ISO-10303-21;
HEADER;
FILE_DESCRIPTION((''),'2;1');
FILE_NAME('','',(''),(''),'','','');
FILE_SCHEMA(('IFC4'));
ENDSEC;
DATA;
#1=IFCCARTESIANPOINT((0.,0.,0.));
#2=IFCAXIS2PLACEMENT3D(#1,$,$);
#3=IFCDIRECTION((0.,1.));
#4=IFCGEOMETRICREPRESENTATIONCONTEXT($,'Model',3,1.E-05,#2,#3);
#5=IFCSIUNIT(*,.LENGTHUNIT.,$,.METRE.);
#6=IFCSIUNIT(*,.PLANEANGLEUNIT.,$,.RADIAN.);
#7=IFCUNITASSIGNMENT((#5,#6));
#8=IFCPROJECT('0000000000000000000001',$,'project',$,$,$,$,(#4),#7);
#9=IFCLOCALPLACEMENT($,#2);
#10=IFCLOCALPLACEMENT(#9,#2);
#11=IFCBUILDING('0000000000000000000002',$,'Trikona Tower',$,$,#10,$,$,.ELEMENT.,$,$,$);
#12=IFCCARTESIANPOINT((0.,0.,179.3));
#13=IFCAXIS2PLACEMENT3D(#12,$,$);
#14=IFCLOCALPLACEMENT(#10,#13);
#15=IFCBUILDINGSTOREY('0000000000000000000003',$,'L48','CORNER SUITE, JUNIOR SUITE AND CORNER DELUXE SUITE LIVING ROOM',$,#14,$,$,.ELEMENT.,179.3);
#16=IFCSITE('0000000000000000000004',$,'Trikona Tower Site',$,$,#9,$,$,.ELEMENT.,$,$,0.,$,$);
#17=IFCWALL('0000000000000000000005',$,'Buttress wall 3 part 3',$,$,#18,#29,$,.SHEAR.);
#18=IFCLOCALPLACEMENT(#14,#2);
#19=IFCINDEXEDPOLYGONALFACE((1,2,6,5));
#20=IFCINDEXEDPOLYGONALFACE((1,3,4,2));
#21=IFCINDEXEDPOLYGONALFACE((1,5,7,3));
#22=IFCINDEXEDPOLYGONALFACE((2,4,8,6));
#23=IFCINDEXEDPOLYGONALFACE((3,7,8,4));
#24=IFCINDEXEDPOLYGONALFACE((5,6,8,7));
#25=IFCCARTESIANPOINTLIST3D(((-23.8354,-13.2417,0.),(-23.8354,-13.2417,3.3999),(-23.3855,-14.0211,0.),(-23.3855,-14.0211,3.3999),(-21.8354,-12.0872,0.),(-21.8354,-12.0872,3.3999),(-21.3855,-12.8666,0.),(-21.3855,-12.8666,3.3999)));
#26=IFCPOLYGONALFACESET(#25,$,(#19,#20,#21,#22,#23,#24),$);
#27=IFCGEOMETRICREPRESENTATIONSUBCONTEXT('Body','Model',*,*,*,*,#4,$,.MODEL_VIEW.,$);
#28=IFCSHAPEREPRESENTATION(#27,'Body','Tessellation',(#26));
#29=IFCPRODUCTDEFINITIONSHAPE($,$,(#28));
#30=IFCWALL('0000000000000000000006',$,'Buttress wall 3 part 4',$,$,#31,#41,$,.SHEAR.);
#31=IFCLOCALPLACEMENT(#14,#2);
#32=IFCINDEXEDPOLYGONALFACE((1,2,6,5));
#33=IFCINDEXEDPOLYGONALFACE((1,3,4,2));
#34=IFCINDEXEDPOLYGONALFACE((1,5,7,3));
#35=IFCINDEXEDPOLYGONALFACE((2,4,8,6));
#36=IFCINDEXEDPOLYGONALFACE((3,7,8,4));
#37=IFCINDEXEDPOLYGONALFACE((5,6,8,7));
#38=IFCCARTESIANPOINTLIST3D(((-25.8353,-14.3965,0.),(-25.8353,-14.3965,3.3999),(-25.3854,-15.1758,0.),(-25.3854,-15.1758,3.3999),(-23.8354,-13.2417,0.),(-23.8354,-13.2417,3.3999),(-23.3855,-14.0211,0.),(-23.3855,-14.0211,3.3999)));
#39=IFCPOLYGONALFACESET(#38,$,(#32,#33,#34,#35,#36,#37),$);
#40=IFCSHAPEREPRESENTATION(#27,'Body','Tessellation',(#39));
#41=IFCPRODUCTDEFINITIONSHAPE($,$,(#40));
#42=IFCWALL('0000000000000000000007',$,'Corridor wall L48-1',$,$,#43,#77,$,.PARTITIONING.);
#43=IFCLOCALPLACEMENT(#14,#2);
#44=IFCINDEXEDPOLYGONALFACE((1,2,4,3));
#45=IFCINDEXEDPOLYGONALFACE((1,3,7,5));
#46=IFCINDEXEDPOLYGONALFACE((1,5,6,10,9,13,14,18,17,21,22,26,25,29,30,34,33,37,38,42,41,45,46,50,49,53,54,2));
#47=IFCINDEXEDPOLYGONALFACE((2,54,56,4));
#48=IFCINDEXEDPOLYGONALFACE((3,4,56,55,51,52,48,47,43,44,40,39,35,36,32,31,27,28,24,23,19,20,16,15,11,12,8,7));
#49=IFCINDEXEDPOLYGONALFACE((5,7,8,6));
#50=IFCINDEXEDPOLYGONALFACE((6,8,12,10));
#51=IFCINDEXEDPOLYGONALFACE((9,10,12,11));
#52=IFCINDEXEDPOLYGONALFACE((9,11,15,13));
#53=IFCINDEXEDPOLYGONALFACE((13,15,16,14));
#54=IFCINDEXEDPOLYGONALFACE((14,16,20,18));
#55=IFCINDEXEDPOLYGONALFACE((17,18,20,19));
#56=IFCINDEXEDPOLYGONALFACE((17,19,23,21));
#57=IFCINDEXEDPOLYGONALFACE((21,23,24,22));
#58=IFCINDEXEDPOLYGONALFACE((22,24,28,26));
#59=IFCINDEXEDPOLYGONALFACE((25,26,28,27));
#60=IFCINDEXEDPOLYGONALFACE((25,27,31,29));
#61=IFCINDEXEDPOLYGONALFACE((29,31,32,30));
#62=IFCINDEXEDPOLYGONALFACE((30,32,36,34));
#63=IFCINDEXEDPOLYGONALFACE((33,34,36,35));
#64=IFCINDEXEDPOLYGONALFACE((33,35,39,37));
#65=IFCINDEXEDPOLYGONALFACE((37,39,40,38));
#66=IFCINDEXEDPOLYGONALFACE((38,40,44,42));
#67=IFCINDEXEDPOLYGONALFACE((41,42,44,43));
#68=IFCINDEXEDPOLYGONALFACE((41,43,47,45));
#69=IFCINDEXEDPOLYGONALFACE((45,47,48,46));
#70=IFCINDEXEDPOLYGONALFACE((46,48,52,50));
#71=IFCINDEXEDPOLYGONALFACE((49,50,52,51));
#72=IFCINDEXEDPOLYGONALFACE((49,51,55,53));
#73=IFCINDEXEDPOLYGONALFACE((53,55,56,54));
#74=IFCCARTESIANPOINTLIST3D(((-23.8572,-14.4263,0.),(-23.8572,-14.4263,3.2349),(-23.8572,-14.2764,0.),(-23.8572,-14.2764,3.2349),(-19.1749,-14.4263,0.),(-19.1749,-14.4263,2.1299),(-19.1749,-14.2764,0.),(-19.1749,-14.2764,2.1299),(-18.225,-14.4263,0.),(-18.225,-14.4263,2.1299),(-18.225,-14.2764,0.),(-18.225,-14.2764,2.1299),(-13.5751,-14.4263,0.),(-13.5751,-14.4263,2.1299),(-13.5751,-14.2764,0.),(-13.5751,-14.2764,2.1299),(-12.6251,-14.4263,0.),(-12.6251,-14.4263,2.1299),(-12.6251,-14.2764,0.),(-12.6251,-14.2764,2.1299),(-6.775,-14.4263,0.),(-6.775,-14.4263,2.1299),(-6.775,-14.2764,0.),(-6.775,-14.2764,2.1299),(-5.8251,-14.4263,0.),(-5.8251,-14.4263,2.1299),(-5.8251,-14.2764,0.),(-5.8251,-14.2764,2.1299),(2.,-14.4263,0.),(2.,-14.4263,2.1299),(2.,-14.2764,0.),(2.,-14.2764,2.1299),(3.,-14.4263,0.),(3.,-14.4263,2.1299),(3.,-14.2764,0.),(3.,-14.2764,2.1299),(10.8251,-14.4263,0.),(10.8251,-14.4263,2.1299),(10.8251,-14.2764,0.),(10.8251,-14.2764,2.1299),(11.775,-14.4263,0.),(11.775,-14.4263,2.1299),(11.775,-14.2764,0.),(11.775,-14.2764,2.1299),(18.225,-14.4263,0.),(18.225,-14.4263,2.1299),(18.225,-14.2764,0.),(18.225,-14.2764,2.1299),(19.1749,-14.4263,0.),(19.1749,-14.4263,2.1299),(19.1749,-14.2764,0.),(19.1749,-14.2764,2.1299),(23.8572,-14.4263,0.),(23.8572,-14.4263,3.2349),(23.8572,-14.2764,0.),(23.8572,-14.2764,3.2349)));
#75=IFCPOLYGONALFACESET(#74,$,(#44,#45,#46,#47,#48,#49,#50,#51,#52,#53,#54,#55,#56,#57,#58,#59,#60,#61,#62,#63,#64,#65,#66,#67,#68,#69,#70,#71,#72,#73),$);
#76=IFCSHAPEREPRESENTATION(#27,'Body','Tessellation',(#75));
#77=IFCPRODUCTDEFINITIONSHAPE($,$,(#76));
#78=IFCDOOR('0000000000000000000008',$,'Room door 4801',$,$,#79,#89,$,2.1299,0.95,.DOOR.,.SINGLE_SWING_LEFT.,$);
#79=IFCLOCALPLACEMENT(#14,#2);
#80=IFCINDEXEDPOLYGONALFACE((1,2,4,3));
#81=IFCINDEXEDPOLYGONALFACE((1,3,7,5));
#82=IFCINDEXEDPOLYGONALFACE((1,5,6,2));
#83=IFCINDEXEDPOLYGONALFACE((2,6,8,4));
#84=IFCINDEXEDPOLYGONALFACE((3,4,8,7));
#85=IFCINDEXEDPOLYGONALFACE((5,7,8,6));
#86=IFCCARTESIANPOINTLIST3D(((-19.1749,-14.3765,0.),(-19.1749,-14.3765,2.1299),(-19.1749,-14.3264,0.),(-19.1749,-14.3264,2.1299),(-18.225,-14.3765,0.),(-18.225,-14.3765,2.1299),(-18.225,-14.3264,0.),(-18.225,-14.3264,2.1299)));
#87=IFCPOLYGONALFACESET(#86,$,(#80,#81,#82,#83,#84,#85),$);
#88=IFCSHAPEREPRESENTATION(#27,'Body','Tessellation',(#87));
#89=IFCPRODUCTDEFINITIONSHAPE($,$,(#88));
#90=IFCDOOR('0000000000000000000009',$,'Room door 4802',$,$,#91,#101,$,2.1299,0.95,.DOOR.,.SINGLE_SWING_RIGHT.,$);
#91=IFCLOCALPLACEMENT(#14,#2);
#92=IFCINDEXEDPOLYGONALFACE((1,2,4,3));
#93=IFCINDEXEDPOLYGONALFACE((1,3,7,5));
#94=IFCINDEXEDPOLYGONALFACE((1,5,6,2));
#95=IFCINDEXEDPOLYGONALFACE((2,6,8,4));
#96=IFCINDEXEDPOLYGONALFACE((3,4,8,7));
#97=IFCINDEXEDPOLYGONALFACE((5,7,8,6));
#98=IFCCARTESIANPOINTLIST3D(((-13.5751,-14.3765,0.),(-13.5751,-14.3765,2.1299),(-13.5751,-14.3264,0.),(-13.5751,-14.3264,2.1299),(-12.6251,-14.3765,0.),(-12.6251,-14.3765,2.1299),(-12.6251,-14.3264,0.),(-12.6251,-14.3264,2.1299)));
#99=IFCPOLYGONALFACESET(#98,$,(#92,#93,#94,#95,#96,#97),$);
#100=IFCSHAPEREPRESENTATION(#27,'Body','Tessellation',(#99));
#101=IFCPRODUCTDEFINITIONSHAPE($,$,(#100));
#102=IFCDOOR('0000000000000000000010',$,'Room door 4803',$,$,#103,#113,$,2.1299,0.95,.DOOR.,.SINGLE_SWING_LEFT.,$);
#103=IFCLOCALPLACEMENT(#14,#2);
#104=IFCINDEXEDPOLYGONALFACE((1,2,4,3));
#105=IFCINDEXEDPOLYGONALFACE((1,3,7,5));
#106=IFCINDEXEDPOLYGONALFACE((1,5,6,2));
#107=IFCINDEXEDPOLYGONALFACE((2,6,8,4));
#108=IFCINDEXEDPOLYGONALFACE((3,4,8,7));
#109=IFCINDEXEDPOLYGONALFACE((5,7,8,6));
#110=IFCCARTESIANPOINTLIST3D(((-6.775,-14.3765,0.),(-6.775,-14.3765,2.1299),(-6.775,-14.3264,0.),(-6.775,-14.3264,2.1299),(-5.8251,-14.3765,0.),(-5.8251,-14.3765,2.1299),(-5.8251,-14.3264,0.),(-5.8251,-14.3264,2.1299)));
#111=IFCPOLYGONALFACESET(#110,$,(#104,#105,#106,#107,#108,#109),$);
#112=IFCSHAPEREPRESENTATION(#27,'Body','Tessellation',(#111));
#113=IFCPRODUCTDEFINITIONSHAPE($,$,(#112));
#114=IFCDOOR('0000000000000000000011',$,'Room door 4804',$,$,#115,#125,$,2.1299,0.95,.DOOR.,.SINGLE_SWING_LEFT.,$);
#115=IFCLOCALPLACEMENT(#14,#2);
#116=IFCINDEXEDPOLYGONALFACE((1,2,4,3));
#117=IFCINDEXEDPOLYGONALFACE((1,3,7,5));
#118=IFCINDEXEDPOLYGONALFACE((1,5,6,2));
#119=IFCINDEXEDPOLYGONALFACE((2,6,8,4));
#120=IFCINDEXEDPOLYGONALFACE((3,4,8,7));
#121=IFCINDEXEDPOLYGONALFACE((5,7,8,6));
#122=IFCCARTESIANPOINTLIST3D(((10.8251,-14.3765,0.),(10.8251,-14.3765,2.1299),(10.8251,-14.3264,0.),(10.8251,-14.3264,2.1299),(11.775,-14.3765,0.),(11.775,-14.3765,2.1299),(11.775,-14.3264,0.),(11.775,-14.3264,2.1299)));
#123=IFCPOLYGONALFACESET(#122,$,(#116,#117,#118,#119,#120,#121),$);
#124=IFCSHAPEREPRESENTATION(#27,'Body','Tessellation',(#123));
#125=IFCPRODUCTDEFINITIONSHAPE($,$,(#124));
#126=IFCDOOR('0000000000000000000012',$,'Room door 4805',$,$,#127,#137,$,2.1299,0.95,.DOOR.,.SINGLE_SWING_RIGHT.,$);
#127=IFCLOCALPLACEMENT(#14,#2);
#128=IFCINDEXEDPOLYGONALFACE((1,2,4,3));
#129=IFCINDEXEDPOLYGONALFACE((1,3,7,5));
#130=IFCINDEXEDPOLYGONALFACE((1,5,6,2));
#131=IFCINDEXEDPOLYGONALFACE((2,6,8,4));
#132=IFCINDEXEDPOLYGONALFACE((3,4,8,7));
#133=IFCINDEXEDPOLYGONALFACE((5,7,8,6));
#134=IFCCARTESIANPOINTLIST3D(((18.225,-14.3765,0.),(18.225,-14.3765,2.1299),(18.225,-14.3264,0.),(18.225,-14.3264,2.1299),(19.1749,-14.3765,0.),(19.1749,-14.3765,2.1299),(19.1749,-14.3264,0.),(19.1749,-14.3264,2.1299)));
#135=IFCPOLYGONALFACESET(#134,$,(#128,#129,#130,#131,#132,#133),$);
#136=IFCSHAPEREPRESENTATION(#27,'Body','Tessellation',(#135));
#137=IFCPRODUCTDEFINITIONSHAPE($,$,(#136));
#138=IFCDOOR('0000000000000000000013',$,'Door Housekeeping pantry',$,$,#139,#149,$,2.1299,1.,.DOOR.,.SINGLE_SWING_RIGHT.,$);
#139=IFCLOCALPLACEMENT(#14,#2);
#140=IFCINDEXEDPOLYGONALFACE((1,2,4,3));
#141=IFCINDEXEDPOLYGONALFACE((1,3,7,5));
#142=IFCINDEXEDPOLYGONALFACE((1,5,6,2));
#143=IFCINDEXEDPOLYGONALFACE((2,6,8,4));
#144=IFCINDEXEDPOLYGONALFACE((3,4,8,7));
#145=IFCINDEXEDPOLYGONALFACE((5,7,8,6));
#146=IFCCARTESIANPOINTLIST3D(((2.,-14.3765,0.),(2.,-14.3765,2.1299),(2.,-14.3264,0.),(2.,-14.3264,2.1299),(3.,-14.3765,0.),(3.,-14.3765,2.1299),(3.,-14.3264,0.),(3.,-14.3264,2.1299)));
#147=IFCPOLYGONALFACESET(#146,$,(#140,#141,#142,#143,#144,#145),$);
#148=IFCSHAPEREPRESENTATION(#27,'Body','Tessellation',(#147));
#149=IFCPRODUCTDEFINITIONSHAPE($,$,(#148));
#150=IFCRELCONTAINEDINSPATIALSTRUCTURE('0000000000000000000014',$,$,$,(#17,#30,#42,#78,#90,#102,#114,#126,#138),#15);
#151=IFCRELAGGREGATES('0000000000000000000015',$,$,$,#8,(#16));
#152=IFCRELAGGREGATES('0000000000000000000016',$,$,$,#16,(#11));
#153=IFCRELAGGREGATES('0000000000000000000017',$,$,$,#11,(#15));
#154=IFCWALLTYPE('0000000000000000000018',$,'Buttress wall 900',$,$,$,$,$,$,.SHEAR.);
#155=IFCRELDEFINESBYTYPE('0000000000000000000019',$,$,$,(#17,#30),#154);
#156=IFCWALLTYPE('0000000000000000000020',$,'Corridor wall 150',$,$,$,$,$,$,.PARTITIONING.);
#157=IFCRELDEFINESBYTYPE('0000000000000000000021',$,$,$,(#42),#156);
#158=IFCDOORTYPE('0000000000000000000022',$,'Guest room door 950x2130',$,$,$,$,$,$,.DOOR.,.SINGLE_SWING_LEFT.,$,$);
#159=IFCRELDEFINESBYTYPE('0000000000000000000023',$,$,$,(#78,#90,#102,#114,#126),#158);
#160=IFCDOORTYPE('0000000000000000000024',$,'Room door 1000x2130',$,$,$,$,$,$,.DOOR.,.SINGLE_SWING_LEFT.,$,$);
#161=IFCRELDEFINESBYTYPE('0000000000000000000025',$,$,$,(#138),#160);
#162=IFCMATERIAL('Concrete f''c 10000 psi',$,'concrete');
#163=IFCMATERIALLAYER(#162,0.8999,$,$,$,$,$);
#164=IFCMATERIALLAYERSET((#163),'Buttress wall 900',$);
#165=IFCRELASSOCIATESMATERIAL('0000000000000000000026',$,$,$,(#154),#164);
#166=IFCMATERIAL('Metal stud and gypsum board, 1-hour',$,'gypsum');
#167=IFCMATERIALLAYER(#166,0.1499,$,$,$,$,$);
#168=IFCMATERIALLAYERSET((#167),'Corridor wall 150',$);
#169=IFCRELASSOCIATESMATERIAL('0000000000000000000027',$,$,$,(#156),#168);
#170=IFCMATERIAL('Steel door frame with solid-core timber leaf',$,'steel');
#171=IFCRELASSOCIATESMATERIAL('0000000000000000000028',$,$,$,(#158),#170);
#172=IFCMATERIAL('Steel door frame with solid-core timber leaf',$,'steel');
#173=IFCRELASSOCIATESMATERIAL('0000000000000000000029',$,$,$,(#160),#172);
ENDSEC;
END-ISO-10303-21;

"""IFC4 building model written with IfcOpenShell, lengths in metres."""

from ifc_helpers import new_model, si_unit, direction, frame, frame_2d, origin, place, context, subcontext, project, spatial, rectangle, extrude, material, layer, layer_set, type_object, element, fill, save


model = new_model("IFC4")

# Units and contexts
model_context = context("Model", 3, precision=1e-05, world=origin(), true_north=direction((0.0, 1.0)))
body_context = subcontext(model_context, "Body", "Model", "MODEL_VIEW")
ifc_project = project(units=[si_unit("LENGTHUNIT", "METRE"), si_unit("PLANEANGLEUNIT", "RADIAN")], contexts=[model_context])

# Site, building, storey
site_placement = place(None, origin())
site = spatial("IfcSite", under=ifc_project, at=site_placement, Name="Trikona Tower Site", CompositionType="ELEMENT", RefElevation=0.0)
building_placement = place(site_placement, origin())
building = spatial("IfcBuilding", under=site, at=building_placement, Name="Trikona Tower", CompositionType="ELEMENT")
storey_placement = place(building_placement, frame((0.0, 0.0, 179.3)))
storey = spatial("IfcBuildingStorey", under=building, at=storey_placement, Name="L48", Description="CORNER SUITE, JUNIOR SUITE AND CORNER DELUXE SUITE LIVING ROOM", CompositionType="ELEMENT", Elevation=179.3)

# Walls
ifc_material_1 = material(Name="Concrete f'c 10000 psi", Category="concrete")
ifc_layer_1 = layer(ifc_material_1, 0.8999)
ifc_layer_set_1 = layer_set([ifc_layer_1], Name="Buttress wall 900")
wall_type_1 = type_object("IfcWallType", Name="Buttress wall 900", PredefinedType="SHEAR", material=ifc_layer_set_1)
for number, where, z_axis, x_axis, name in (
    (1, (-21.6104, -12.4768, 0.0), (0.0, 0.0, 1.0), (-0.866055, -0.499948, 0.0), "Buttress wall 3 part 3"),
    (2, (-23.6104, -13.6313, 0.0), (0.0, 0.0, 1.0), (-0.86601, -0.500027, 0.0), "Buttress wall 3 part 4"),
):
    element("IfcWall", number, at=place(storey_placement, frame(where, z_axis=z_axis, x_axis=x_axis)), inside=storey, type_object=wall_type_1, Name=name, PredefinedType="SHEAR", context=body_context, shape_type="SweptSolid", body=[
        extrude(rectangle(XDim=2.3093, YDim=0.8999, at=frame_2d((1.1548, 0.0))), origin(), (0.0, 0.0, 1.0), 3.3999),
    ])

# Wall, openings, doors
ifc_material_2 = material(Name="Metal stud and gypsum board, 1-hour", Category="gypsum")
ifc_layer_2 = layer(ifc_material_2, 0.1499)
ifc_layer_set_2 = layer_set([ifc_layer_2], Name="Corridor wall 150")
wall_type_2 = type_object("IfcWallType", Name="Corridor wall 150", PredefinedType="PARTITIONING", material=ifc_layer_set_2)
wall_1_placement = place(storey_placement, frame((-23.8572, -14.3513, 0.0), z_axis=(0.0, 0.0, 1.0), x_axis=(1.0, 0.0, 0.0)))
wall_1 = element("IfcWall", 3, at=wall_1_placement, inside=storey, type_object=wall_type_2, Name="Corridor wall L48-1", PredefinedType="PARTITIONING", context=body_context, shape_type="SweptSolid", body=[
    extrude(rectangle(XDim=47.7144, YDim=0.1499, at=frame_2d((23.8572, 0.0))), origin(), (0.0, 0.0, 1.0), 3.2349),
])
opening_1_placement = place(wall_1_placement, frame((4.6821, 0.0, 0.0)))
opening_1 = element("IfcOpeningElement", 4, at=opening_1_placement, cuts=wall_1, PredefinedType="OPENING", context=body_context, shape_type="SweptSolid", body=[
    extrude(rectangle(XDim=0.95, YDim=2.1299, at=frame_2d((0.4751, 1.0649))), frame((0.0, 0.085, 0.0), z_axis=(0.0, -1.0, 0.0), x_axis=(1.0, 0.0, 0.0)), (0.0, 0.0, 1.0), 0.1699),
])
opening_2_placement = place(wall_1_placement, frame((10.282, 0.0, 0.0)))
opening_2 = element("IfcOpeningElement", 5, at=opening_2_placement, cuts=wall_1, PredefinedType="OPENING", context=body_context, shape_type="SweptSolid", body=[
    extrude(rectangle(XDim=0.95, YDim=2.1299, at=frame_2d((0.4751, 1.0649))), frame((0.0, 0.085, 0.0), z_axis=(0.0, -1.0, 0.0), x_axis=(1.0, 0.0, 0.0)), (0.0, 0.0, 1.0), 0.1699),
])
opening_3_placement = place(wall_1_placement, frame((17.082, 0.0, 0.0)))
opening_3 = element("IfcOpeningElement", 6, at=opening_3_placement, cuts=wall_1, PredefinedType="OPENING", context=body_context, shape_type="SweptSolid", body=[
    extrude(rectangle(XDim=0.95, YDim=2.1299, at=frame_2d((0.4751, 1.0649))), frame((0.0, 0.085, 0.0), z_axis=(0.0, -1.0, 0.0), x_axis=(1.0, 0.0, 0.0)), (0.0, 0.0, 1.0), 0.1699),
])
opening_4_placement = place(wall_1_placement, frame((25.8572, 0.0, 0.0)))
opening_4 = element("IfcOpeningElement", 7, at=opening_4_placement, cuts=wall_1, PredefinedType="OPENING", context=body_context, shape_type="SweptSolid", body=[
    extrude(rectangle(XDim=1.0, YDim=2.1299, at=frame_2d((0.5, 1.0649))), frame((0.0, 0.085, 0.0), z_axis=(0.0, -1.0, 0.0), x_axis=(1.0, 0.0, 0.0)), (0.0, 0.0, 1.0), 0.1699),
])
opening_5_placement = place(wall_1_placement, frame((34.6821, 0.0, 0.0)))
opening_5 = element("IfcOpeningElement", 8, at=opening_5_placement, cuts=wall_1, PredefinedType="OPENING", context=body_context, shape_type="SweptSolid", body=[
    extrude(rectangle(XDim=0.95, YDim=2.1299, at=frame_2d((0.4751, 1.0649))), frame((0.0, 0.085, 0.0), z_axis=(0.0, -1.0, 0.0), x_axis=(1.0, 0.0, 0.0)), (0.0, 0.0, 1.0), 0.1699),
])
opening_6_placement = place(wall_1_placement, frame((42.082, 0.0, 0.0)))
opening_6 = element("IfcOpeningElement", 9, at=opening_6_placement, cuts=wall_1, PredefinedType="OPENING", context=body_context, shape_type="SweptSolid", body=[
    extrude(rectangle(XDim=0.95, YDim=2.1299, at=frame_2d((0.4751, 1.0649))), frame((0.0, 0.085, 0.0), z_axis=(0.0, -1.0, 0.0), x_axis=(1.0, 0.0, 0.0)), (0.0, 0.0, 1.0), 0.1699),
])
ifc_material_3 = material(Name="Steel door frame with solid-core timber leaf", Category="steel")
door_type_1 = type_object("IfcDoorType", Name="Guest room door 950x2130", OperationType="SINGLE_SWING_LEFT", PredefinedType="DOOR", material=ifc_material_3)
door_1_placement = place(opening_1_placement, origin())
door_1 = element("IfcDoor", 10, at=door_1_placement, inside=storey, type_object=door_type_1, Name="Room door 4801", OperationType="SINGLE_SWING_LEFT", OverallHeight=2.1299, OverallWidth=0.95, PredefinedType="DOOR", context=body_context, shape_type="SweptSolid", body=[
    extrude(rectangle(XDim=0.95, YDim=2.1299, at=frame_2d((0.4751, 1.0649))), frame((0.0, 0.0249, 0.0), z_axis=(0.0, -1.0, 0.0), x_axis=(1.0, 0.0, 0.0)), (0.0, 0.0, 1.0), 0.05),
])
fill(opening_1, door_1)
door_2_placement = place(opening_2_placement, origin())
door_2 = element("IfcDoor", 11, at=door_2_placement, inside=storey, type_object=door_type_1, Name="Room door 4802", OperationType="SINGLE_SWING_RIGHT", OverallHeight=2.1299, OverallWidth=0.95, PredefinedType="DOOR", context=body_context, shape_type="SweptSolid", body=[
    extrude(rectangle(XDim=0.95, YDim=2.1299, at=frame_2d((0.4751, 1.0649))), frame((0.0, 0.0249, 0.0), z_axis=(0.0, -1.0, 0.0), x_axis=(1.0, 0.0, 0.0)), (0.0, 0.0, 1.0), 0.05),
])
fill(opening_2, door_2)
door_3_placement = place(opening_3_placement, origin())
door_3 = element("IfcDoor", 12, at=door_3_placement, inside=storey, type_object=door_type_1, Name="Room door 4803", OperationType="SINGLE_SWING_LEFT", OverallHeight=2.1299, OverallWidth=0.95, PredefinedType="DOOR", context=body_context, shape_type="SweptSolid", body=[
    extrude(rectangle(XDim=0.95, YDim=2.1299, at=frame_2d((0.4751, 1.0649))), frame((0.0, 0.0249, 0.0), z_axis=(0.0, -1.0, 0.0), x_axis=(1.0, 0.0, 0.0)), (0.0, 0.0, 1.0), 0.05),
])
fill(opening_3, door_3)
door_4_placement = place(opening_5_placement, origin())
door_4 = element("IfcDoor", 13, at=door_4_placement, inside=storey, type_object=door_type_1, Name="Room door 4804", OperationType="SINGLE_SWING_LEFT", OverallHeight=2.1299, OverallWidth=0.95, PredefinedType="DOOR", context=body_context, shape_type="SweptSolid", body=[
    extrude(rectangle(XDim=0.95, YDim=2.1299, at=frame_2d((0.4751, 1.0649))), frame((0.0, 0.0249, 0.0), z_axis=(0.0, -1.0, 0.0), x_axis=(1.0, 0.0, 0.0)), (0.0, 0.0, 1.0), 0.05),
])
fill(opening_5, door_4)
door_5_placement = place(opening_6_placement, origin())
door_5 = element("IfcDoor", 14, at=door_5_placement, inside=storey, type_object=door_type_1, Name="Room door 4805", OperationType="SINGLE_SWING_RIGHT", OverallHeight=2.1299, OverallWidth=0.95, PredefinedType="DOOR", context=body_context, shape_type="SweptSolid", body=[
    extrude(rectangle(XDim=0.95, YDim=2.1299, at=frame_2d((0.4751, 1.0649))), frame((0.0, 0.0249, 0.0), z_axis=(0.0, -1.0, 0.0), x_axis=(1.0, 0.0, 0.0)), (0.0, 0.0, 1.0), 0.05),
])
fill(opening_6, door_5)
ifc_material_4 = material(Name="Steel door frame with solid-core timber leaf", Category="steel")
door_type_2 = type_object("IfcDoorType", Name="Room door 1000x2130", OperationType="SINGLE_SWING_LEFT", PredefinedType="DOOR", material=ifc_material_4)
door_6_placement = place(opening_4_placement, origin())
door_6 = element("IfcDoor", 15, at=door_6_placement, inside=storey, type_object=door_type_2, Name="Door Housekeeping pantry", OperationType="SINGLE_SWING_RIGHT", OverallHeight=2.1299, OverallWidth=1.0, PredefinedType="DOOR", context=body_context, shape_type="SweptSolid", body=[
    extrude(rectangle(XDim=1.0, YDim=2.1299, at=frame_2d((0.5, 1.0649))), frame((0.0, 0.0249, 0.0), z_axis=(0.0, -1.0, 0.0), x_axis=(1.0, 0.0, 0.0)), (0.0, 0.0, 1.0), 0.05),
])
fill(opening_4, door_6)

save(model, "model.ifc")
